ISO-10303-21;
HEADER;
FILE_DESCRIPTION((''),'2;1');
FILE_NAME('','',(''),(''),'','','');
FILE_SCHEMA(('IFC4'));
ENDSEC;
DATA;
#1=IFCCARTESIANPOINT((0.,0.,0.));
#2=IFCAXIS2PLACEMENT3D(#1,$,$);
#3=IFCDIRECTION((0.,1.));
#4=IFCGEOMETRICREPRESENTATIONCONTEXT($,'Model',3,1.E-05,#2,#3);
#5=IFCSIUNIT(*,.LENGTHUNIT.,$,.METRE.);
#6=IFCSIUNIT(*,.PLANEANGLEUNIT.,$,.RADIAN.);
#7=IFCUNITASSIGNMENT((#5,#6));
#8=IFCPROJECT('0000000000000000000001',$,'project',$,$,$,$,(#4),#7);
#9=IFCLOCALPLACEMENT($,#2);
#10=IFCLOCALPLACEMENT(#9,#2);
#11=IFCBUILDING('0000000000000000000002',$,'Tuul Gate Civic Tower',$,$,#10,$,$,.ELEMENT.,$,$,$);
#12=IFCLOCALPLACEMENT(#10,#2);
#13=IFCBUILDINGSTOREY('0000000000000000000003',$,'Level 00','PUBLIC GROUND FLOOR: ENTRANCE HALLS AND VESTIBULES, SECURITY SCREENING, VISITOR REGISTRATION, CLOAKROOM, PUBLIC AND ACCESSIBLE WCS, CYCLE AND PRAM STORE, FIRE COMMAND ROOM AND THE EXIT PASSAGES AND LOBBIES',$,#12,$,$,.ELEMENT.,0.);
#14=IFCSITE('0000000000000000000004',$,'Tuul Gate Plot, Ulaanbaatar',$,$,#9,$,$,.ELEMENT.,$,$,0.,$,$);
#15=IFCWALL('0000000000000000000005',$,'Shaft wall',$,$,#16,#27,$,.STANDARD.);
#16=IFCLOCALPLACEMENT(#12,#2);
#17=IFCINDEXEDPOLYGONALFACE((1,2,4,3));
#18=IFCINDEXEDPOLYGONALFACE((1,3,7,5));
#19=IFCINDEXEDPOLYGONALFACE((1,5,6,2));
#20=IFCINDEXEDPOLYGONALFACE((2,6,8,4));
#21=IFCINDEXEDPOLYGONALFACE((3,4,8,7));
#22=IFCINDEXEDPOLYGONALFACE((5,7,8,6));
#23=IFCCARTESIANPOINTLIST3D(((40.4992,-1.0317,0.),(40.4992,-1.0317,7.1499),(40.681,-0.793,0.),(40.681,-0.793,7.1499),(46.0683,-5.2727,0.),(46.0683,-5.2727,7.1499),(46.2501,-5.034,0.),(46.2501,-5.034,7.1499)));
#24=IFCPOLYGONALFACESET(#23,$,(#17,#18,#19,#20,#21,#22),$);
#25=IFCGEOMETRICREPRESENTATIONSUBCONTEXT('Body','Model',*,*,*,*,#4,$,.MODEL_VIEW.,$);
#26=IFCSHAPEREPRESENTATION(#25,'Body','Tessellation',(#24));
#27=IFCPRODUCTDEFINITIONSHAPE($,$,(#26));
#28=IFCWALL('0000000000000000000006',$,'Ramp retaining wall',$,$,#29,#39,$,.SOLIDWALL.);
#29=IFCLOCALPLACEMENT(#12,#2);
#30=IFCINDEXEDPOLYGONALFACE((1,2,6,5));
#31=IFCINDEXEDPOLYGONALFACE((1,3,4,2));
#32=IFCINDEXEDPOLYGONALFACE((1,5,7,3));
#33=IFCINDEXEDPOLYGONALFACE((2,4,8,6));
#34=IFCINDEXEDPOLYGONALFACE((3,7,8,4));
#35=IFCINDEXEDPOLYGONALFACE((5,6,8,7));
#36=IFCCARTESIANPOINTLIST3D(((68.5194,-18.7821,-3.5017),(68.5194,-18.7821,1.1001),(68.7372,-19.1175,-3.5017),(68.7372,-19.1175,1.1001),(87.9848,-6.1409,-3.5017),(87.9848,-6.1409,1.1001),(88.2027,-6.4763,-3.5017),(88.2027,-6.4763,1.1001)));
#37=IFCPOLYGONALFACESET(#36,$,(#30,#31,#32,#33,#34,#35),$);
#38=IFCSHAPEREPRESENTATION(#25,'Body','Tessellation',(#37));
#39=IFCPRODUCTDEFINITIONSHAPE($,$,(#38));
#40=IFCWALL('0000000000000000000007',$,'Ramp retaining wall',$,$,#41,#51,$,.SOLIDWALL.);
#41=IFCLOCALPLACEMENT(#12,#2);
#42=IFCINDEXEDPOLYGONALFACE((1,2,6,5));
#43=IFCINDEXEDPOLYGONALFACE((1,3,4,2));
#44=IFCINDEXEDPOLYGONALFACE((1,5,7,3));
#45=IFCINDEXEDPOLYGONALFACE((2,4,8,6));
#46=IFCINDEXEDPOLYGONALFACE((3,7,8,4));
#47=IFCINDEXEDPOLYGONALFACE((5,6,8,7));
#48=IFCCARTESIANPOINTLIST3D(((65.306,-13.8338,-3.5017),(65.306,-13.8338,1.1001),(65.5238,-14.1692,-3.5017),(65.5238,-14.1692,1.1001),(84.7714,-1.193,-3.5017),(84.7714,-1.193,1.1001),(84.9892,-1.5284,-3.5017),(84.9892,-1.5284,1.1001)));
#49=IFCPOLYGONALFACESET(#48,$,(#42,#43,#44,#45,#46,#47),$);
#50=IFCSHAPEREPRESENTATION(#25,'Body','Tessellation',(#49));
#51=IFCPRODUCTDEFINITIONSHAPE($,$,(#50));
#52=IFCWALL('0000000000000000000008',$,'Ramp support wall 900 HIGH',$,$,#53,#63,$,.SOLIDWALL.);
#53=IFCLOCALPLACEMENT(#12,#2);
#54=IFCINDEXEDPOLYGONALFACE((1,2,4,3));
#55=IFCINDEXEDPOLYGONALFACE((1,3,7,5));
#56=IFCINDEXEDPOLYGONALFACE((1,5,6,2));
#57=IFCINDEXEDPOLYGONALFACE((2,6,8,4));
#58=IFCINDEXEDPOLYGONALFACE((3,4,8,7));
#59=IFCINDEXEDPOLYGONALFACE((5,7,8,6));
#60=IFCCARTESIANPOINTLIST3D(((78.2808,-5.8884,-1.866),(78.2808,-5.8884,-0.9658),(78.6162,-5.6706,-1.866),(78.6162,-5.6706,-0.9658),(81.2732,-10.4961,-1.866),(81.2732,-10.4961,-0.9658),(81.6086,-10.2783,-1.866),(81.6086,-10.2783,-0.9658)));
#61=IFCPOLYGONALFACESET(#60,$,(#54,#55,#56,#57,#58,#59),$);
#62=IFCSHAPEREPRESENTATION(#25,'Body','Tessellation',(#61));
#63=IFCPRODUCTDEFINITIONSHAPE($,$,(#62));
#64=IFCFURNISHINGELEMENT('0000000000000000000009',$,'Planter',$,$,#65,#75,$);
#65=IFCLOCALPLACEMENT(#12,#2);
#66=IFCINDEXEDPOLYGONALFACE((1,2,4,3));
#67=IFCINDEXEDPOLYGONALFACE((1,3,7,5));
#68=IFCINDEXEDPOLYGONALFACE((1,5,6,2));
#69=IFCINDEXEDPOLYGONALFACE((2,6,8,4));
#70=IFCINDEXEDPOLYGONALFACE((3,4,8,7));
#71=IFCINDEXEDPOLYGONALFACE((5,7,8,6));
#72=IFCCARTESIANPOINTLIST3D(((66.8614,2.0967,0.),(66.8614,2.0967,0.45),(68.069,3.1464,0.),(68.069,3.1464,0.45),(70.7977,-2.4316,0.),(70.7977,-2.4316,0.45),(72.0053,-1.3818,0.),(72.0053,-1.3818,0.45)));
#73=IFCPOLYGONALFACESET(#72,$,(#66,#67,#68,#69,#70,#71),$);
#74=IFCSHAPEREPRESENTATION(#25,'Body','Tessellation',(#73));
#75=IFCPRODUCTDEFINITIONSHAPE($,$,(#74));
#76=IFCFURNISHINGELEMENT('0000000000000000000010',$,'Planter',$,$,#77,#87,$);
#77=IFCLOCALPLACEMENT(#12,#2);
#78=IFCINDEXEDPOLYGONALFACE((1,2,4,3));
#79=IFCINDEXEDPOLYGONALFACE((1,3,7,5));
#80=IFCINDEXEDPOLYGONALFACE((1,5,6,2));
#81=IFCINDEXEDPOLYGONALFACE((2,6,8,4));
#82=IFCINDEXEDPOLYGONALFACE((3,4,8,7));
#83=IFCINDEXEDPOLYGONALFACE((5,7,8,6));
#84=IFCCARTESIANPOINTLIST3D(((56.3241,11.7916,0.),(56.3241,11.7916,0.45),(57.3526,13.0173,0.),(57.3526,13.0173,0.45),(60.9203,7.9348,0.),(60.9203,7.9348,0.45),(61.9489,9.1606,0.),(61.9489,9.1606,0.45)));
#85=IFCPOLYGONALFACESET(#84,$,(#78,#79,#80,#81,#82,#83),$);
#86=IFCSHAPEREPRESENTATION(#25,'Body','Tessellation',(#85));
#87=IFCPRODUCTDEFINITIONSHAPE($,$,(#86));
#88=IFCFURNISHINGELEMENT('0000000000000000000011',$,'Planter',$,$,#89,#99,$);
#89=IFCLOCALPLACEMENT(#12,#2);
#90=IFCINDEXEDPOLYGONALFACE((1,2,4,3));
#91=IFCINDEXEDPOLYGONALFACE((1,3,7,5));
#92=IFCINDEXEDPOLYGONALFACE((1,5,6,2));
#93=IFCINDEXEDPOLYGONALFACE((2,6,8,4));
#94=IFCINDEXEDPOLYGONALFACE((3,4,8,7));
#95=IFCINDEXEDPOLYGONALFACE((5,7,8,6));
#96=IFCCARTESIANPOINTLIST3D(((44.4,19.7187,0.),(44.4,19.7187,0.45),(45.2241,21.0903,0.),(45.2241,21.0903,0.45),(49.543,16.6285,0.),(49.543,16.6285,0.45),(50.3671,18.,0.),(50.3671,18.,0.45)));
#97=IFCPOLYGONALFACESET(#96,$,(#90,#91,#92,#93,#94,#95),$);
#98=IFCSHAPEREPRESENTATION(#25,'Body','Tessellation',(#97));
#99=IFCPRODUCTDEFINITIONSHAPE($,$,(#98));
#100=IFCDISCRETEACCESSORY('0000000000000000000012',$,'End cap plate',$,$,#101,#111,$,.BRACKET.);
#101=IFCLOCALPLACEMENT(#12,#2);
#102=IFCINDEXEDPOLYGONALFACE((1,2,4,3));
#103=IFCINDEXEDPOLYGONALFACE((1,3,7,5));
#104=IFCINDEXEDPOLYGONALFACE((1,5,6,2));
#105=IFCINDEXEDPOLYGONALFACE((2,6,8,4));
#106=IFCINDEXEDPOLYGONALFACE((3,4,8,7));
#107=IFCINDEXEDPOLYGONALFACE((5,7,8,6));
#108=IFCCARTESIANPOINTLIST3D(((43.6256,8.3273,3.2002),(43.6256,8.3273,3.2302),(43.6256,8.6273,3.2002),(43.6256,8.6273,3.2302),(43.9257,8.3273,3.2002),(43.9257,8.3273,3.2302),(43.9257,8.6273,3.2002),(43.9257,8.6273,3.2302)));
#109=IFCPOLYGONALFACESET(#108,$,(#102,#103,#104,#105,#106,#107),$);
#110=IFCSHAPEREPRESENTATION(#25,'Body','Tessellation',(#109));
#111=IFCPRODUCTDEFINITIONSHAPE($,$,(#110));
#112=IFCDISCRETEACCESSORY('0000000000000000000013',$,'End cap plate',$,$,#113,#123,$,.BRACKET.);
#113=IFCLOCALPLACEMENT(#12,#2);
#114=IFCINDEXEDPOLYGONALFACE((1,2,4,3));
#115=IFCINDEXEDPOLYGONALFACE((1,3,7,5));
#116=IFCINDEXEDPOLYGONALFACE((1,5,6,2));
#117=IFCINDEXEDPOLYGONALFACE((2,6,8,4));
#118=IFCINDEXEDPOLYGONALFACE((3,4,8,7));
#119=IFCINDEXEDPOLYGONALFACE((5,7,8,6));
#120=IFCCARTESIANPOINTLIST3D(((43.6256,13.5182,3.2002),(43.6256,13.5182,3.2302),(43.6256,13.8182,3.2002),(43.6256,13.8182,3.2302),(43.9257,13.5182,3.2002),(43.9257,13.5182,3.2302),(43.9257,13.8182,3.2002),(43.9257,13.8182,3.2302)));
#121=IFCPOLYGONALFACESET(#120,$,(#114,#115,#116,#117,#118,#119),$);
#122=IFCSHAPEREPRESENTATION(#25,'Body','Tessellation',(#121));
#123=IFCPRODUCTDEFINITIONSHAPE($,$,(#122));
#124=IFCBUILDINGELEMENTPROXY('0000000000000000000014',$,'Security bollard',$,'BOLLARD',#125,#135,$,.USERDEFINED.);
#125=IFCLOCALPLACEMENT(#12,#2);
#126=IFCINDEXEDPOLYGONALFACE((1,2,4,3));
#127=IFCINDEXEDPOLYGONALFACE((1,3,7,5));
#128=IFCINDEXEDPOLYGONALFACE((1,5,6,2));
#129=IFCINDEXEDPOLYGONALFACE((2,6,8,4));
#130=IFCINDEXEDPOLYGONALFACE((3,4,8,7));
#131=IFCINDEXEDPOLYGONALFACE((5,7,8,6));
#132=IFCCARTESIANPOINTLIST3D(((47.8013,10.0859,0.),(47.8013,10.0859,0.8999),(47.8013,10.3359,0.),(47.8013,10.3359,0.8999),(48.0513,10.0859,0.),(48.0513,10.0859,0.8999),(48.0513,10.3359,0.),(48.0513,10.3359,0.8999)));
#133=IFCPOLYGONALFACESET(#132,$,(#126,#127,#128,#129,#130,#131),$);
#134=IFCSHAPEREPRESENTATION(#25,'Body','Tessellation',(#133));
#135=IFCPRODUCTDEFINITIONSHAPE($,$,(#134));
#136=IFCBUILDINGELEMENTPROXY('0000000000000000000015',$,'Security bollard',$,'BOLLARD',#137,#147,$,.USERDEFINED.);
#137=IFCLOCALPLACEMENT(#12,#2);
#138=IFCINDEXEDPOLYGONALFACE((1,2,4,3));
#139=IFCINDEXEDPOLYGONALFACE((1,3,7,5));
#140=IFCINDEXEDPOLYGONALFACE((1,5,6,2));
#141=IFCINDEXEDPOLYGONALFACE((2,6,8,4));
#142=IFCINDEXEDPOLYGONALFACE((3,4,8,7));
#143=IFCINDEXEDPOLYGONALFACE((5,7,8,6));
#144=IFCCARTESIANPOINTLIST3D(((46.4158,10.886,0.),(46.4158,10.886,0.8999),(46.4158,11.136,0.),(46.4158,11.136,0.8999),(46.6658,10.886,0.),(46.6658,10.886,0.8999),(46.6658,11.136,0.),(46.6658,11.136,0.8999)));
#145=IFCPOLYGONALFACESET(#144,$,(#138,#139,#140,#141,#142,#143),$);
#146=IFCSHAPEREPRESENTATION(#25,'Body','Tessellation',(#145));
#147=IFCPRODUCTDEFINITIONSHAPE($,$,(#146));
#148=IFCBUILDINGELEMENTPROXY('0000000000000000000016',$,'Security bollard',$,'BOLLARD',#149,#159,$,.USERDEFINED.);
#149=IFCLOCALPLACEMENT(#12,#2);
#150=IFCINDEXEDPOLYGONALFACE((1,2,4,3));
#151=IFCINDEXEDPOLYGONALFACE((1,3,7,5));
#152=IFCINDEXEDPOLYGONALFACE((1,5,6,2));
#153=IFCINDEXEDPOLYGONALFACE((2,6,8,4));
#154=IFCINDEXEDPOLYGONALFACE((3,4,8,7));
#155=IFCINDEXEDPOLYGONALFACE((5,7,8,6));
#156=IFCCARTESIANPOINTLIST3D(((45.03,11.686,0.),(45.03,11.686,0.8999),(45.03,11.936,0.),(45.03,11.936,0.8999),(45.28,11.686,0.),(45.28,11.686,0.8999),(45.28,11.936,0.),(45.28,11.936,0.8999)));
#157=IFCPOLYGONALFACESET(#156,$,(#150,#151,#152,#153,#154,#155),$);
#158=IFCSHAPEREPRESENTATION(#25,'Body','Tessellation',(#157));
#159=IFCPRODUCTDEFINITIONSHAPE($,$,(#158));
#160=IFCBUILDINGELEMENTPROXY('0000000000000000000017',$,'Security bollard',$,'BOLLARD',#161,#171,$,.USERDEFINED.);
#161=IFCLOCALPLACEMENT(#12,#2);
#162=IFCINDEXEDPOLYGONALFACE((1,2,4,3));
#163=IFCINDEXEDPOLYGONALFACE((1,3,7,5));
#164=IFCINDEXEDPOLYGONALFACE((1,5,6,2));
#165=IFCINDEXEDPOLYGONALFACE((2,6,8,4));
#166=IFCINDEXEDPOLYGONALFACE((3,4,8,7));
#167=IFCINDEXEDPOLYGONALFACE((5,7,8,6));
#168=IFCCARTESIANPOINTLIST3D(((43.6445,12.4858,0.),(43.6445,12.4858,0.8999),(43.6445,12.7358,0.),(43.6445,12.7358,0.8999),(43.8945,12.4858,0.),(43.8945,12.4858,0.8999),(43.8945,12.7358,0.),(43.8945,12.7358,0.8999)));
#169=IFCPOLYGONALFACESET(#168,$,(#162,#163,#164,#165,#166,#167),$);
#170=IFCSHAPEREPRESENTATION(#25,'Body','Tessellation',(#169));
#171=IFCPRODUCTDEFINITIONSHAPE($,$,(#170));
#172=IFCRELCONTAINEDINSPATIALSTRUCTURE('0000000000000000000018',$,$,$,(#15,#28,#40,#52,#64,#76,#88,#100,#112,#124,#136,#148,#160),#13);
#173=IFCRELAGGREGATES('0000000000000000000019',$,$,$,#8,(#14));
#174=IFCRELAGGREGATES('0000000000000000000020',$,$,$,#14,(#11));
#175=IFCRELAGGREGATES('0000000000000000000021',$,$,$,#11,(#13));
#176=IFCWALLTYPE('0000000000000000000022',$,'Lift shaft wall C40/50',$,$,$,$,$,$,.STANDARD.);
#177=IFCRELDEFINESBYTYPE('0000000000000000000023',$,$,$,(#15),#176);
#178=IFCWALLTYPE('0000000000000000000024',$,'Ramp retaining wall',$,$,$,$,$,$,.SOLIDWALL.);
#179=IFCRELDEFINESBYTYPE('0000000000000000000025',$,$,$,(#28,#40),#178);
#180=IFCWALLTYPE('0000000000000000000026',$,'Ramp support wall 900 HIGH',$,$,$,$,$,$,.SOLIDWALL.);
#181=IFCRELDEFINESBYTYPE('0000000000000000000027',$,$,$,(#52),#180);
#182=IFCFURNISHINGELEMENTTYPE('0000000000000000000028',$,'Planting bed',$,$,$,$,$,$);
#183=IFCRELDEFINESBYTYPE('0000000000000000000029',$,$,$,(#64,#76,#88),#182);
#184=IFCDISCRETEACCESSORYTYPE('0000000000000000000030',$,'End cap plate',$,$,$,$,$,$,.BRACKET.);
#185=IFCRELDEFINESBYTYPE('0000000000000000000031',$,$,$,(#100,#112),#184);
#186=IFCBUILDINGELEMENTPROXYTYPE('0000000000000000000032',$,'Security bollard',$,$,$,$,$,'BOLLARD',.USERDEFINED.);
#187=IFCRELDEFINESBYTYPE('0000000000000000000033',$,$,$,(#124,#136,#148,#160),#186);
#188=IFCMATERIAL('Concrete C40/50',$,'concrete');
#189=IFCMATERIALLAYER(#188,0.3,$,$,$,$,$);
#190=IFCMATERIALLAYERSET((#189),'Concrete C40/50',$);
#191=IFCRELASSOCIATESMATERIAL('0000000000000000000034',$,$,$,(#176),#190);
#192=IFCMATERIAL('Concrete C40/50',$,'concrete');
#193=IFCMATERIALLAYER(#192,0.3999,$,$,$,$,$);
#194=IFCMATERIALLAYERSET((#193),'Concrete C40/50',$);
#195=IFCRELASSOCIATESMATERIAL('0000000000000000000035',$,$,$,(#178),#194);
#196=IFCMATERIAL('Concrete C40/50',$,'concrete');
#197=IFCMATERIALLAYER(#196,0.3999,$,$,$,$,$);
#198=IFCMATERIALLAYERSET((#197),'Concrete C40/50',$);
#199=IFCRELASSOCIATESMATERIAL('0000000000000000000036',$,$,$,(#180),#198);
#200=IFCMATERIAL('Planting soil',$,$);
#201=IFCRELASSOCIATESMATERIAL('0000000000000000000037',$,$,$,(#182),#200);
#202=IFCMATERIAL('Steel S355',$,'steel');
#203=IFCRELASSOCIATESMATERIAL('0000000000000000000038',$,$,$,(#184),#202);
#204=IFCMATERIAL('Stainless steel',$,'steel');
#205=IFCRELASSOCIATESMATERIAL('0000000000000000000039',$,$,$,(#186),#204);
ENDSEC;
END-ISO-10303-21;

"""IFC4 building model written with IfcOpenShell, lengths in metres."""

from ifc_helpers import new_model, si_unit, direction, frame, frame_2d, origin, origin_2d, place, context, subcontext, project, spatial, rectangle, extrude, material, layer, layer_set, type_object, element, save


model = new_model("IFC4")

# Units and contexts
model_context = context("Model", 3, precision=1e-05, world=origin(), true_north=direction((0.0, 1.0)))
body_context = subcontext(model_context, "Body", "Model", "MODEL_VIEW")
ifc_project = project(units=[si_unit("LENGTHUNIT", "METRE"), si_unit("PLANEANGLEUNIT", "RADIAN")], contexts=[model_context])

# Site, building, storey
site_placement = place(None, origin())
site = spatial("IfcSite", under=ifc_project, at=site_placement, Name="Tuul Gate Plot, Ulaanbaatar", CompositionType="ELEMENT", RefElevation=0.0)
building_placement = place(site_placement, origin())
building = spatial("IfcBuilding", under=site, at=building_placement, Name="Tuul Gate Civic Tower", CompositionType="ELEMENT")
storey_placement = place(building_placement, origin())
storey = spatial("IfcBuildingStorey", under=building, at=storey_placement, Name="Level 00", Description="PUBLIC GROUND FLOOR: ENTRANCE HALLS AND VESTIBULES, SECURITY SCREENING, VISITOR REGISTRATION, CLOAKROOM, PUBLIC AND ACCESSIBLE WCS, CYCLE AND PRAM STORE, FIRE COMMAND ROOM AND THE EXIT PASSAGES AND LOBBIES", CompositionType="ELEMENT", Elevation=0.0)

# Walls
ifc_material_1 = material(Name="Concrete C40/50", Category="concrete")
ifc_layer_1 = layer(ifc_material_1, 0.3)
ifc_layer_set_1 = layer_set([ifc_layer_1], Name="Concrete C40/50")
wall_type_1 = type_object("IfcWallType", Name="Lift shaft wall C40/50", PredefinedType="STANDARD", material=ifc_layer_set_1)
wall_1_placement = place(storey_placement, frame((46.1592, -5.1533, 0.0), z_axis=(0.0, 0.0, 1.0), x_axis=(-0.79558, 0.605849, 0.0)))
element("IfcWall", 1, at=wall_1_placement, inside=storey, type_object=wall_type_1, Name="Shaft wall", PredefinedType="STANDARD", context=body_context, shape_type="SweptSolid", body=[
    extrude(rectangle(XDim=7.0, YDim=0.3, at=frame_2d((3.5, 0.0))), origin(), (0.0, 0.0, 1.0), 7.1499),
])
ifc_material_2 = material(Name="Concrete C40/50", Category="concrete")
ifc_layer_2 = layer(ifc_material_2, 0.3999)
ifc_layer_set_2 = layer_set([ifc_layer_2], Name="Concrete C40/50")
wall_type_2 = type_object("IfcWallType", Name="Ramp retaining wall", PredefinedType="SOLIDWALL", material=ifc_layer_set_2)
wall_2_placement = place(storey_placement, frame((88.0938, -6.3086, -3.5017), z_axis=(0.0, 0.0, 1.0), x_axis=(-0.838667, -0.544644, 0.0)))
element("IfcWall", 2, at=wall_2_placement, inside=storey, type_object=wall_type_2, Name="Ramp retaining wall", PredefinedType="SOLIDWALL", context=body_context, shape_type="SweptSolid", body=[
    extrude(rectangle(XDim=23.21, YDim=0.3999, at=frame_2d((11.605, 0.0))), origin(), (0.0, 0.0, 1.0), 4.6018),
])
wall_3_placement = place(storey_placement, frame((84.8804, -1.3606, -3.5017), z_axis=(0.0, 0.0, 1.0), x_axis=(-0.838672, -0.544637, 0.0)))
element("IfcWall", 3, at=wall_3_placement, inside=storey, type_object=wall_type_2, Name="Ramp retaining wall", PredefinedType="SOLIDWALL", context=body_context, shape_type="SweptSolid", body=[
    extrude(rectangle(XDim=23.2097, YDim=0.3999, at=frame_2d((11.605, 0.0))), origin(), (0.0, 0.0, 1.0), 4.6018),
])
ifc_material_3 = material(Name="Concrete C40/50", Category="concrete")
ifc_layer_3 = layer(ifc_material_3, 0.3999)
ifc_layer_set_3 = layer_set([ifc_layer_3], Name="Concrete C40/50")
wall_type_3 = type_object("IfcWallType", Name="Ramp support wall 900 HIGH", PredefinedType="SOLIDWALL", material=ifc_layer_set_3)
wall_4_placement = place(storey_placement, frame((78.4485, -5.7795, -1.866), z_axis=(0.0, 0.0, 1.0), x_axis=(0.544662, -0.838656, 0.0)))
element("IfcWall", 4, at=wall_4_placement, inside=storey, type_object=wall_type_3, Name="Ramp support wall 900 HIGH", PredefinedType="SOLIDWALL", context=body_context, shape_type="SweptSolid", body=[
    extrude(rectangle(XDim=5.4941, YDim=0.3999, at=frame_2d((2.7471, 0.0))), origin(), (0.0, 0.0, 1.0), 0.9001),
])

# Furnishing elements
ifc_material_4 = material(Name="Planting soil")
furnishing_element_type = type_object("IfcFurnishingElementType", Name="Planting bed", material=ifc_material_4)
for number, where, z_axis, x_axis, name in (
    (5, (69.4333, 0.3574, 0.0), (0.0, 0.0, 1.0), (-0.656059, 0.75471, 0.0), "Planter"),
    (6, (59.1365, 10.4761, 0.0), (0.0, 0.0, 1.0), (-0.766044, 0.642788, 0.0), "Planter"),
    (7, (47.3835, 18.8594, 0.0), (0.0, 0.0, 1.0), (-0.857167, 0.515038, 0.0), "Planter"),
):
    element("IfcFurnishingElement", number, at=place(storey_placement, frame(where, z_axis=z_axis, x_axis=x_axis)), inside=storey, type_object=furnishing_element_type, Name=name, context=body_context, shape_type="SweptSolid", body=[
        extrude(rectangle(XDim=6.0, YDim=1.6001, at=origin_2d()), origin(), (0.0, 0.0, 1.0), 0.45),
    ])

# Discrete accessories
ifc_material_5 = material(Name="Steel S355", Category="steel")
discrete_accessory_type = type_object("IfcDiscreteAccessoryType", Name="End cap plate", PredefinedType="BRACKET", material=ifc_material_5)
for number, where, z_axis, x_axis, name in (
    (8, (43.7756, 8.4773, 3.2002), (0.0, 0.0, 1.0), (1.0, 0.0, 0.0), "End cap plate"),
    (9, (43.7756, 13.6682, 3.2002), (0.0, 0.0, 1.0), (1.0, 0.0, 0.0), "End cap plate"),
):
    element("IfcDiscreteAccessory", number, at=place(storey_placement, frame(where, z_axis=z_axis, x_axis=x_axis)), inside=storey, type_object=discrete_accessory_type, Name=name, PredefinedType="BRACKET", context=body_context, shape_type="SweptSolid", body=[
        extrude(rectangle(XDim=0.3, YDim=0.3, at=origin_2d()), origin(), (0.0, 0.0, 1.0), 0.03),
    ])

# Building element proxies
ifc_material_6 = material(Name="Stainless steel", Category="steel")
building_element_proxy_type = type_object("IfcBuildingElementProxyType", Name="Security bollard", ElementType="BOLLARD", PredefinedType="USERDEFINED", material=ifc_material_6)
for number, where, z_axis, x_axis, name in (
    (10, (47.9263, 10.2109, 0.0), (0.0, 0.0, 1.0), (1.0, 0.0, 0.0), "Security bollard"),
    (11, (46.5408, 11.011, 0.0), (0.0, 0.0, 1.0), (1.0, 0.0, 0.0), "Security bollard"),
    (12, (45.155, 11.811, 0.0), (0.0, 0.0, 1.0), (1.0, 0.0, 0.0), "Security bollard"),
    (13, (43.7695, 12.6108, 0.0), (0.0, 0.0, 1.0), (1.0, 0.0, 0.0), "Security bollard"),
):
    element("IfcBuildingElementProxy", number, at=place(storey_placement, frame(where, z_axis=z_axis, x_axis=x_axis)), inside=storey, type_object=building_element_proxy_type, Name=name, ObjectType="BOLLARD", PredefinedType="USERDEFINED", context=body_context, shape_type="SweptSolid", body=[
        extrude(rectangle(XDim=0.25, YDim=0.25, at=origin_2d()), origin(), (0.0, 0.0, 1.0), 0.8999),
    ])

save(model, "model.ifc")
